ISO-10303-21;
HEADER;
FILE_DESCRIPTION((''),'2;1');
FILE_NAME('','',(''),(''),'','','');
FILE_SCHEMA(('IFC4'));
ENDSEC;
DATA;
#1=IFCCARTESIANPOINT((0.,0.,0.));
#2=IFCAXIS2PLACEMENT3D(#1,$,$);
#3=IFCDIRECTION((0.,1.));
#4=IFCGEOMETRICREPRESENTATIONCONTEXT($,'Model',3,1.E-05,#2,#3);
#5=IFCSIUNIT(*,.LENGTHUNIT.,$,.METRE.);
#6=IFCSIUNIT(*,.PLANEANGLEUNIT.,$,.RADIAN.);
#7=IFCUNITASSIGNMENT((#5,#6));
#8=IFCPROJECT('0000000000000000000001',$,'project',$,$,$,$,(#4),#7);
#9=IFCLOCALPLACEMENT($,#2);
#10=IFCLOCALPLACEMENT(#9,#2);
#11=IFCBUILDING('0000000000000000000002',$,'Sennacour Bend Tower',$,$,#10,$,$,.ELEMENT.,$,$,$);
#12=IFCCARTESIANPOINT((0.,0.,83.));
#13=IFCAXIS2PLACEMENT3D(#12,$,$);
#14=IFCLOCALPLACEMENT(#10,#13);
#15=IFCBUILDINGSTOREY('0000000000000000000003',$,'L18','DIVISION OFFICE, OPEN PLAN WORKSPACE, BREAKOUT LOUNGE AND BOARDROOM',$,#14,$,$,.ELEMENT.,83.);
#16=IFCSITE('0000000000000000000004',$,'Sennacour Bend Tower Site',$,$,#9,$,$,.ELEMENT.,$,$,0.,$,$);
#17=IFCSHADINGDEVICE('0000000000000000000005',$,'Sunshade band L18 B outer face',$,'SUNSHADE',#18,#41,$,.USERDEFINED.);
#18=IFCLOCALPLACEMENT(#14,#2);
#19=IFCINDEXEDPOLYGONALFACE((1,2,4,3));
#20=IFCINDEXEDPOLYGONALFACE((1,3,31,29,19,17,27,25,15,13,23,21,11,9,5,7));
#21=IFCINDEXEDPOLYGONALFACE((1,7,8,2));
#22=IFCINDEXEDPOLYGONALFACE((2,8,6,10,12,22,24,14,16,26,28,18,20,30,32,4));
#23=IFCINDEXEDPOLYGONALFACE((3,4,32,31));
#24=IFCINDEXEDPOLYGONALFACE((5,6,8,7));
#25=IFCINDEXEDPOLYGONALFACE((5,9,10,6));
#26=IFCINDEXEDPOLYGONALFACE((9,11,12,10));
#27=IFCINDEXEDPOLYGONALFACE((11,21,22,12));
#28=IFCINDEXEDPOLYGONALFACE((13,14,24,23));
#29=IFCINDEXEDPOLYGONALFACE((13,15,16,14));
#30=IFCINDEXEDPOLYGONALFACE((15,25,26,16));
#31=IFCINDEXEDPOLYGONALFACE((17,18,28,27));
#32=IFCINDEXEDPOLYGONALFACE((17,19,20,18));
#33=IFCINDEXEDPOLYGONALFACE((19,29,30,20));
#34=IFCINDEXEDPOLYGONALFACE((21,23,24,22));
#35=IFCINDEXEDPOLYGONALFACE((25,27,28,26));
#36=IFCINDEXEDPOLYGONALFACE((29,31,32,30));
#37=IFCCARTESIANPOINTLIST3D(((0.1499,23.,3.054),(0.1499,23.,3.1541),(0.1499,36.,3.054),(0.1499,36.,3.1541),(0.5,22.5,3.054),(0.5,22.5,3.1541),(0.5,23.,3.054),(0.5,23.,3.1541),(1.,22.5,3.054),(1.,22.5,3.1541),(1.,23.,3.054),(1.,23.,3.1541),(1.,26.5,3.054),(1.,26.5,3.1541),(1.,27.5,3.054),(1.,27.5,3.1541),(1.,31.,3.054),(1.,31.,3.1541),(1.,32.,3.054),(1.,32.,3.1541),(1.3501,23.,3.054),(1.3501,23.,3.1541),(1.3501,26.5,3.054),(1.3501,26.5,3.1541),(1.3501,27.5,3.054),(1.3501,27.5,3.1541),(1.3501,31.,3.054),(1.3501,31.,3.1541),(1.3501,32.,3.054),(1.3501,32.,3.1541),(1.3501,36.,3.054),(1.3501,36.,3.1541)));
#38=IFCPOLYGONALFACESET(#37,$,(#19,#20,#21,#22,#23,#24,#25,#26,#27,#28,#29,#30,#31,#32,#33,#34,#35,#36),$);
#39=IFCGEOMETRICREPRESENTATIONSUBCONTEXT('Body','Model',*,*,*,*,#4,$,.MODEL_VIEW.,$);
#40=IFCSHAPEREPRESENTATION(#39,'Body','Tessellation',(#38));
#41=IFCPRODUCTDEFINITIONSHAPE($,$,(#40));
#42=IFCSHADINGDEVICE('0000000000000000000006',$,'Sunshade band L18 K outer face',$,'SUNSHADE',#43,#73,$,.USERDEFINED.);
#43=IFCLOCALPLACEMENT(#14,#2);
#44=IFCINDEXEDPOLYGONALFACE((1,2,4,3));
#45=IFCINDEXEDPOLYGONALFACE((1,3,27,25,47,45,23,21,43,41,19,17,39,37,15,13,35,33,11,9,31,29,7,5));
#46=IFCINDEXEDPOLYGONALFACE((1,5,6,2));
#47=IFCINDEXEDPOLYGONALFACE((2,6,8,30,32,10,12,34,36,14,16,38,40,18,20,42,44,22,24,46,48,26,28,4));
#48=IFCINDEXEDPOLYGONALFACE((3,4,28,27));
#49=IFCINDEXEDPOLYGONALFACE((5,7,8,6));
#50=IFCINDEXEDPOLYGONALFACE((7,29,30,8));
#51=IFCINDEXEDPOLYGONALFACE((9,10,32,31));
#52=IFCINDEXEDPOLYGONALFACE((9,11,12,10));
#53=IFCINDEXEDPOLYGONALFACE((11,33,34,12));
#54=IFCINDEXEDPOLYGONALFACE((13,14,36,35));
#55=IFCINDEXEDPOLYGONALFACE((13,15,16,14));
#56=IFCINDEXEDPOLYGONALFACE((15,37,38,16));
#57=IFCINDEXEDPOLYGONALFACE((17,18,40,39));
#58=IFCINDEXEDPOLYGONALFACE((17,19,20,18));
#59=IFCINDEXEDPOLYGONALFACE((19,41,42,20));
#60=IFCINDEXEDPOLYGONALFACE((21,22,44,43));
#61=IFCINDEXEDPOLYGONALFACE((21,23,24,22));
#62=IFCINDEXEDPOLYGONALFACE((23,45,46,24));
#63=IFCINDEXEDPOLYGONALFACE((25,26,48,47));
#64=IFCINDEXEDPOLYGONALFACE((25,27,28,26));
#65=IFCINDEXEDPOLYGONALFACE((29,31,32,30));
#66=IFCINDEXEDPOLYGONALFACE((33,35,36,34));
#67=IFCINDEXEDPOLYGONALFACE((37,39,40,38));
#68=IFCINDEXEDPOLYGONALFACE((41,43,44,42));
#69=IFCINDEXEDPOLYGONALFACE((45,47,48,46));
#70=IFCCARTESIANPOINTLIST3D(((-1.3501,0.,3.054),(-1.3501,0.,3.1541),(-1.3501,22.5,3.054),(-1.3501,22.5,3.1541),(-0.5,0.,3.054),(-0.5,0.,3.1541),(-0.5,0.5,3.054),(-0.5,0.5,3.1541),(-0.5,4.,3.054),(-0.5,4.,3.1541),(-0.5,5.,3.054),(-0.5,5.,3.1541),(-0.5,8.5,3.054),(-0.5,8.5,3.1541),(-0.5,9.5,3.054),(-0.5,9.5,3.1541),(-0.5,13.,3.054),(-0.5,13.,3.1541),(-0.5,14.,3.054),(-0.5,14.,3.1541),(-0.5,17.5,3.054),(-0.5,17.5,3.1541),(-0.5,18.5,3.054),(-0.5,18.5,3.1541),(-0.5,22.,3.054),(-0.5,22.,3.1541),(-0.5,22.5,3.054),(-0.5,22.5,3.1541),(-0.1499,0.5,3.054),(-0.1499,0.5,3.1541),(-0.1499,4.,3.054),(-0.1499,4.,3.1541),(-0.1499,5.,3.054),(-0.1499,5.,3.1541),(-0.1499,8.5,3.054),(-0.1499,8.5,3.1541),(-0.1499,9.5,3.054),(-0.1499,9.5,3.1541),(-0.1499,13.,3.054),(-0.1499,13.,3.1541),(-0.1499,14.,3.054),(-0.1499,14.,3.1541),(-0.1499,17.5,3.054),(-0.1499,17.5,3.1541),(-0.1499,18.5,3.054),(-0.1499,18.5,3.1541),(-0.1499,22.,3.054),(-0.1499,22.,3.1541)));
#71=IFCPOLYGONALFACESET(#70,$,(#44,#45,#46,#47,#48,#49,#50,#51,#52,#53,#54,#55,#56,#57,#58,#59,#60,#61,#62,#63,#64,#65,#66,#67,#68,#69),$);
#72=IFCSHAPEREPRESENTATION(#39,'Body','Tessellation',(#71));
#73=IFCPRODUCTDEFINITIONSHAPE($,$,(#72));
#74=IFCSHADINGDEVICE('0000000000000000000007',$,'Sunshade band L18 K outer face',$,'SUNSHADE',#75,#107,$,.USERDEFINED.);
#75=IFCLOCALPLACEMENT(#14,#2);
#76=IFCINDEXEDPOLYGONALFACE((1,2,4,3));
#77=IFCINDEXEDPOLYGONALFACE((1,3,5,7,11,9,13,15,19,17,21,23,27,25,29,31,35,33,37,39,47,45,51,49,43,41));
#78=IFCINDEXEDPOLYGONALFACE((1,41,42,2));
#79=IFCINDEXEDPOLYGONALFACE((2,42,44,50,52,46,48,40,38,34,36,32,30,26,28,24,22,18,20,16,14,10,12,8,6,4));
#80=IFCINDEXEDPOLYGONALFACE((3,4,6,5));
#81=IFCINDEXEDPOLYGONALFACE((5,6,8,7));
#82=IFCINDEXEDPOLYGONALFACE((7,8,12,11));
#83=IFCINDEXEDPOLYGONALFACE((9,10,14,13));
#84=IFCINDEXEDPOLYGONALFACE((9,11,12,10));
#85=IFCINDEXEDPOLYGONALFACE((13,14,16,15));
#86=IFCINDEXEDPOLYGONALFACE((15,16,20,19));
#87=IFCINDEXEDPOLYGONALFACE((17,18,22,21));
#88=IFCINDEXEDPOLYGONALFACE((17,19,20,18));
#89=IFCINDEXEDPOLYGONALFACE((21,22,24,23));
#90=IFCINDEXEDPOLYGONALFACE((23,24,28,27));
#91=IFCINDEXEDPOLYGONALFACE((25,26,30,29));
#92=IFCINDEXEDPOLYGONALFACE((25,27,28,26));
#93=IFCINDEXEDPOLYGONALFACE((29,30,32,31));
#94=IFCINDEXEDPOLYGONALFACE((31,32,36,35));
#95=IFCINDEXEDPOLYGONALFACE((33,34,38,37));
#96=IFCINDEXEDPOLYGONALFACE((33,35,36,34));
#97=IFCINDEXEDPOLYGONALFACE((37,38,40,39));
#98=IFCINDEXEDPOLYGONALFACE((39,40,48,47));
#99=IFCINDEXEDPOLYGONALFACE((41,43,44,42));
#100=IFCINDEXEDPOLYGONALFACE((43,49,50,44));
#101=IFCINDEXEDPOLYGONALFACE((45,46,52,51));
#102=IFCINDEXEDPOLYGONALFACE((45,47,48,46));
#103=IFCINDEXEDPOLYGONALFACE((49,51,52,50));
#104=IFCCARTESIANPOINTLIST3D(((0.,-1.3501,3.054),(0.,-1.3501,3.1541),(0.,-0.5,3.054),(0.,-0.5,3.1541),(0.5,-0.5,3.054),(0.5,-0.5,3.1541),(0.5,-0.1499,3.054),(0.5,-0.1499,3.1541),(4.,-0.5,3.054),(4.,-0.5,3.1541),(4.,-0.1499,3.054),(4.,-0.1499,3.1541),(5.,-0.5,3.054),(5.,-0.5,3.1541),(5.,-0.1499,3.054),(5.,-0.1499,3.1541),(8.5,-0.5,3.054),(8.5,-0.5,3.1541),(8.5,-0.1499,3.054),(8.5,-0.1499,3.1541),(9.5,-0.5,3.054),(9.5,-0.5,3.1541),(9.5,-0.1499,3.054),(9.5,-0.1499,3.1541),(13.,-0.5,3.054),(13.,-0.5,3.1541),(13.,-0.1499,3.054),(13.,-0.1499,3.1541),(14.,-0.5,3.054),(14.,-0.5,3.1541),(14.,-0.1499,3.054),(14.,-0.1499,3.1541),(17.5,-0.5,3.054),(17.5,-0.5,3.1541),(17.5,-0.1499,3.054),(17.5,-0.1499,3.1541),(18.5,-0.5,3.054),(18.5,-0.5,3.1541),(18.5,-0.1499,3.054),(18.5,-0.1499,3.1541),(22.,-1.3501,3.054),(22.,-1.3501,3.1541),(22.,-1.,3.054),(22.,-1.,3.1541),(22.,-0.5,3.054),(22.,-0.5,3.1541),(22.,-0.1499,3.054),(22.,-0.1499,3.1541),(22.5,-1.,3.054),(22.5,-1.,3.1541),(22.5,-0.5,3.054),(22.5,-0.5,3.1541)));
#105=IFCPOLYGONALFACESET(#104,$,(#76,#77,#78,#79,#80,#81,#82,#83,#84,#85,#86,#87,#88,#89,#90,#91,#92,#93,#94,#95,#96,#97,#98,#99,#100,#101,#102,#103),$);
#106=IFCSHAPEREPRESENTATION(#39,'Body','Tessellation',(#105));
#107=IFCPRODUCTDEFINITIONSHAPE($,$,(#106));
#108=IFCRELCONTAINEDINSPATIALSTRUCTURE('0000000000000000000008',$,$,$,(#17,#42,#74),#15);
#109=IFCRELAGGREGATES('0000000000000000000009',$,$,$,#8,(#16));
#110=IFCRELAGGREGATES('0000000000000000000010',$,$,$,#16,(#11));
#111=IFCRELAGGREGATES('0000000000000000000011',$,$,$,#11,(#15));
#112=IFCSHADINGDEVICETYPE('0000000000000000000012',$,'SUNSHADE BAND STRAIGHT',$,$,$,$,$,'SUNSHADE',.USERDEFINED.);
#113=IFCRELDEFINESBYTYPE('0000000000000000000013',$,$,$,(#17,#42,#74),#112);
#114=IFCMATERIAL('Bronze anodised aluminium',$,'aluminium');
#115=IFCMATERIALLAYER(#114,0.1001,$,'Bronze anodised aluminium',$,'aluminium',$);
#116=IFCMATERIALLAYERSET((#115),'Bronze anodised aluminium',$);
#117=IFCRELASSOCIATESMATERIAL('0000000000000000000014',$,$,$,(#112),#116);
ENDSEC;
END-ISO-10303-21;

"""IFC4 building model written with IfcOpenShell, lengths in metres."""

from ifc_helpers import new_model, si_unit, direction, frame, origin, place, context, subcontext, project, spatial, polyline, outline, extrude, material, layer, layer_set, type_object, element, save


model = new_model("IFC4")

# Units and contexts
model_context = context("Model", 3, precision=1e-05, world=origin(), true_north=direction((0.0, 1.0)))
body_context = subcontext(model_context, "Body", "Model", "MODEL_VIEW")
ifc_project = project(units=[si_unit("LENGTHUNIT", "METRE"), si_unit("PLANEANGLEUNIT", "RADIAN")], contexts=[model_context])

# Site, building, storey
site_placement = place(None, origin())
site = spatial("IfcSite", under=ifc_project, at=site_placement, Name="Sennacour Bend Tower Site", CompositionType="ELEMENT", RefElevation=0.0)
building_placement = place(site_placement, origin())
building = spatial("IfcBuilding", under=site, at=building_placement, Name="Sennacour Bend Tower", CompositionType="ELEMENT")
storey_placement = place(building_placement, frame((0.0, 0.0, 83.0)))
storey = spatial("IfcBuildingStorey", under=building, at=storey_placement, Name="L18", Description="DIVISION OFFICE, OPEN PLAN WORKSPACE, BREAKOUT LOUNGE AND BOARDROOM", CompositionType="ELEMENT", Elevation=83.0)

# Shading devices
ifc_material_1 = material(Name="Bronze anodised aluminium", Category="aluminium")
ifc_layer_1 = layer(ifc_material_1, 0.1001, Name="Bronze anodised aluminium", Category="aluminium")
ifc_layer_set_1 = layer_set([ifc_layer_1], Name="Bronze anodised aluminium")
shading_device_type_1 = type_object("IfcShadingDeviceType", Name="SUNSHADE BAND STRAIGHT", ElementType="SUNSHADE", PredefinedType="USERDEFINED", material=ifc_layer_set_1)
shading_device_1_placement = place(storey_placement, frame((0.0, 0.0, 3.054)))
element("IfcShadingDevice", 1, at=shading_device_1_placement, inside=storey, type_object=shading_device_type_1, Name="Sunshade band L18 B outer face", ObjectType="SUNSHADE", PredefinedType="USERDEFINED", context=body_context, shape_type="SweptSolid", body=[
    extrude(outline(polyline([(1.3501, 32.0), (1.0, 32.0), (1.0, 31.0), (1.3501, 31.0), (1.3501, 27.5), (1.0, 27.5), (1.0, 26.5), (1.3501, 26.5), (1.3501, 23.0), (1.0, 23.0), (1.0, 22.5), (0.5, 22.5), (0.5, 23.0), (0.1499, 23.0), (0.1499, 36.0), (1.3501, 36.0), (1.3501, 32.0)])), origin(), (0.0, 0.0, 1.0), 0.1001),
])
shading_device_2_placement = place(storey_placement, frame((0.0, 0.0, 3.054)))
element("IfcShadingDevice", 2, at=shading_device_2_placement, inside=storey, type_object=shading_device_type_1, Name="Sunshade band L18 K outer face", ObjectType="SUNSHADE", PredefinedType="USERDEFINED", context=body_context, shape_type="SweptSolid", body=[
    extrude(outline(polyline([(-0.1499, 18.5), (-0.5, 18.5), (-0.5, 17.5), (-0.1499, 17.5), (-0.1499, 14.0), (-0.5, 14.0), (-0.5, 13.0), (-0.1499, 13.0), (-0.1499, 9.5), (-0.5, 9.5), (-0.5, 8.5), (-0.1499, 8.5), (-0.1499, 5.0), (-0.5, 5.0), (-0.5, 4.0), (-0.1499, 4.0), (-0.1499, 0.5), (-0.5, 0.5), (-0.5, 0.0), (-1.3501, 0.0), (-1.3501, 22.5), (-0.5, 22.5), (-0.5, 22.0), (-0.1499, 22.0), (-0.1499, 18.5)])), origin(), (0.0, 0.0, 1.0), 0.1001),
])
shading_device_3_placement = place(storey_placement, frame((0.0, 0.0, 3.054)))
element("IfcShadingDevice", 3, at=shading_device_3_placement, inside=storey, type_object=shading_device_type_1, Name="Sunshade band L18 K outer face", ObjectType="SUNSHADE", PredefinedType="USERDEFINED", context=body_context, shape_type="SweptSolid", body=[
    extrude(outline(polyline([(4.0, -0.1499), (4.0, -0.5), (5.0, -0.5), (5.0, -0.1499), (8.5, -0.1499), (8.5, -0.5), (9.5, -0.5), (9.5, -0.1499), (13.0, -0.1499), (13.0, -0.5), (14.0, -0.5), (14.0, -0.1499), (17.5, -0.1499), (17.5, -0.5), (18.5, -0.5), (18.5, -0.1499), (22.0, -0.1499), (22.0, -0.5), (22.5, -0.5), (22.5, -1.0), (22.0, -1.0), (22.0, -1.3501), (0.0, -1.3501), (0.0, -0.5), (0.5, -0.5), (0.5, -0.1499), (4.0, -0.1499)])), origin(), (0.0, 0.0, 1.0), 0.1001),
])

save(model, "model.ifc")
